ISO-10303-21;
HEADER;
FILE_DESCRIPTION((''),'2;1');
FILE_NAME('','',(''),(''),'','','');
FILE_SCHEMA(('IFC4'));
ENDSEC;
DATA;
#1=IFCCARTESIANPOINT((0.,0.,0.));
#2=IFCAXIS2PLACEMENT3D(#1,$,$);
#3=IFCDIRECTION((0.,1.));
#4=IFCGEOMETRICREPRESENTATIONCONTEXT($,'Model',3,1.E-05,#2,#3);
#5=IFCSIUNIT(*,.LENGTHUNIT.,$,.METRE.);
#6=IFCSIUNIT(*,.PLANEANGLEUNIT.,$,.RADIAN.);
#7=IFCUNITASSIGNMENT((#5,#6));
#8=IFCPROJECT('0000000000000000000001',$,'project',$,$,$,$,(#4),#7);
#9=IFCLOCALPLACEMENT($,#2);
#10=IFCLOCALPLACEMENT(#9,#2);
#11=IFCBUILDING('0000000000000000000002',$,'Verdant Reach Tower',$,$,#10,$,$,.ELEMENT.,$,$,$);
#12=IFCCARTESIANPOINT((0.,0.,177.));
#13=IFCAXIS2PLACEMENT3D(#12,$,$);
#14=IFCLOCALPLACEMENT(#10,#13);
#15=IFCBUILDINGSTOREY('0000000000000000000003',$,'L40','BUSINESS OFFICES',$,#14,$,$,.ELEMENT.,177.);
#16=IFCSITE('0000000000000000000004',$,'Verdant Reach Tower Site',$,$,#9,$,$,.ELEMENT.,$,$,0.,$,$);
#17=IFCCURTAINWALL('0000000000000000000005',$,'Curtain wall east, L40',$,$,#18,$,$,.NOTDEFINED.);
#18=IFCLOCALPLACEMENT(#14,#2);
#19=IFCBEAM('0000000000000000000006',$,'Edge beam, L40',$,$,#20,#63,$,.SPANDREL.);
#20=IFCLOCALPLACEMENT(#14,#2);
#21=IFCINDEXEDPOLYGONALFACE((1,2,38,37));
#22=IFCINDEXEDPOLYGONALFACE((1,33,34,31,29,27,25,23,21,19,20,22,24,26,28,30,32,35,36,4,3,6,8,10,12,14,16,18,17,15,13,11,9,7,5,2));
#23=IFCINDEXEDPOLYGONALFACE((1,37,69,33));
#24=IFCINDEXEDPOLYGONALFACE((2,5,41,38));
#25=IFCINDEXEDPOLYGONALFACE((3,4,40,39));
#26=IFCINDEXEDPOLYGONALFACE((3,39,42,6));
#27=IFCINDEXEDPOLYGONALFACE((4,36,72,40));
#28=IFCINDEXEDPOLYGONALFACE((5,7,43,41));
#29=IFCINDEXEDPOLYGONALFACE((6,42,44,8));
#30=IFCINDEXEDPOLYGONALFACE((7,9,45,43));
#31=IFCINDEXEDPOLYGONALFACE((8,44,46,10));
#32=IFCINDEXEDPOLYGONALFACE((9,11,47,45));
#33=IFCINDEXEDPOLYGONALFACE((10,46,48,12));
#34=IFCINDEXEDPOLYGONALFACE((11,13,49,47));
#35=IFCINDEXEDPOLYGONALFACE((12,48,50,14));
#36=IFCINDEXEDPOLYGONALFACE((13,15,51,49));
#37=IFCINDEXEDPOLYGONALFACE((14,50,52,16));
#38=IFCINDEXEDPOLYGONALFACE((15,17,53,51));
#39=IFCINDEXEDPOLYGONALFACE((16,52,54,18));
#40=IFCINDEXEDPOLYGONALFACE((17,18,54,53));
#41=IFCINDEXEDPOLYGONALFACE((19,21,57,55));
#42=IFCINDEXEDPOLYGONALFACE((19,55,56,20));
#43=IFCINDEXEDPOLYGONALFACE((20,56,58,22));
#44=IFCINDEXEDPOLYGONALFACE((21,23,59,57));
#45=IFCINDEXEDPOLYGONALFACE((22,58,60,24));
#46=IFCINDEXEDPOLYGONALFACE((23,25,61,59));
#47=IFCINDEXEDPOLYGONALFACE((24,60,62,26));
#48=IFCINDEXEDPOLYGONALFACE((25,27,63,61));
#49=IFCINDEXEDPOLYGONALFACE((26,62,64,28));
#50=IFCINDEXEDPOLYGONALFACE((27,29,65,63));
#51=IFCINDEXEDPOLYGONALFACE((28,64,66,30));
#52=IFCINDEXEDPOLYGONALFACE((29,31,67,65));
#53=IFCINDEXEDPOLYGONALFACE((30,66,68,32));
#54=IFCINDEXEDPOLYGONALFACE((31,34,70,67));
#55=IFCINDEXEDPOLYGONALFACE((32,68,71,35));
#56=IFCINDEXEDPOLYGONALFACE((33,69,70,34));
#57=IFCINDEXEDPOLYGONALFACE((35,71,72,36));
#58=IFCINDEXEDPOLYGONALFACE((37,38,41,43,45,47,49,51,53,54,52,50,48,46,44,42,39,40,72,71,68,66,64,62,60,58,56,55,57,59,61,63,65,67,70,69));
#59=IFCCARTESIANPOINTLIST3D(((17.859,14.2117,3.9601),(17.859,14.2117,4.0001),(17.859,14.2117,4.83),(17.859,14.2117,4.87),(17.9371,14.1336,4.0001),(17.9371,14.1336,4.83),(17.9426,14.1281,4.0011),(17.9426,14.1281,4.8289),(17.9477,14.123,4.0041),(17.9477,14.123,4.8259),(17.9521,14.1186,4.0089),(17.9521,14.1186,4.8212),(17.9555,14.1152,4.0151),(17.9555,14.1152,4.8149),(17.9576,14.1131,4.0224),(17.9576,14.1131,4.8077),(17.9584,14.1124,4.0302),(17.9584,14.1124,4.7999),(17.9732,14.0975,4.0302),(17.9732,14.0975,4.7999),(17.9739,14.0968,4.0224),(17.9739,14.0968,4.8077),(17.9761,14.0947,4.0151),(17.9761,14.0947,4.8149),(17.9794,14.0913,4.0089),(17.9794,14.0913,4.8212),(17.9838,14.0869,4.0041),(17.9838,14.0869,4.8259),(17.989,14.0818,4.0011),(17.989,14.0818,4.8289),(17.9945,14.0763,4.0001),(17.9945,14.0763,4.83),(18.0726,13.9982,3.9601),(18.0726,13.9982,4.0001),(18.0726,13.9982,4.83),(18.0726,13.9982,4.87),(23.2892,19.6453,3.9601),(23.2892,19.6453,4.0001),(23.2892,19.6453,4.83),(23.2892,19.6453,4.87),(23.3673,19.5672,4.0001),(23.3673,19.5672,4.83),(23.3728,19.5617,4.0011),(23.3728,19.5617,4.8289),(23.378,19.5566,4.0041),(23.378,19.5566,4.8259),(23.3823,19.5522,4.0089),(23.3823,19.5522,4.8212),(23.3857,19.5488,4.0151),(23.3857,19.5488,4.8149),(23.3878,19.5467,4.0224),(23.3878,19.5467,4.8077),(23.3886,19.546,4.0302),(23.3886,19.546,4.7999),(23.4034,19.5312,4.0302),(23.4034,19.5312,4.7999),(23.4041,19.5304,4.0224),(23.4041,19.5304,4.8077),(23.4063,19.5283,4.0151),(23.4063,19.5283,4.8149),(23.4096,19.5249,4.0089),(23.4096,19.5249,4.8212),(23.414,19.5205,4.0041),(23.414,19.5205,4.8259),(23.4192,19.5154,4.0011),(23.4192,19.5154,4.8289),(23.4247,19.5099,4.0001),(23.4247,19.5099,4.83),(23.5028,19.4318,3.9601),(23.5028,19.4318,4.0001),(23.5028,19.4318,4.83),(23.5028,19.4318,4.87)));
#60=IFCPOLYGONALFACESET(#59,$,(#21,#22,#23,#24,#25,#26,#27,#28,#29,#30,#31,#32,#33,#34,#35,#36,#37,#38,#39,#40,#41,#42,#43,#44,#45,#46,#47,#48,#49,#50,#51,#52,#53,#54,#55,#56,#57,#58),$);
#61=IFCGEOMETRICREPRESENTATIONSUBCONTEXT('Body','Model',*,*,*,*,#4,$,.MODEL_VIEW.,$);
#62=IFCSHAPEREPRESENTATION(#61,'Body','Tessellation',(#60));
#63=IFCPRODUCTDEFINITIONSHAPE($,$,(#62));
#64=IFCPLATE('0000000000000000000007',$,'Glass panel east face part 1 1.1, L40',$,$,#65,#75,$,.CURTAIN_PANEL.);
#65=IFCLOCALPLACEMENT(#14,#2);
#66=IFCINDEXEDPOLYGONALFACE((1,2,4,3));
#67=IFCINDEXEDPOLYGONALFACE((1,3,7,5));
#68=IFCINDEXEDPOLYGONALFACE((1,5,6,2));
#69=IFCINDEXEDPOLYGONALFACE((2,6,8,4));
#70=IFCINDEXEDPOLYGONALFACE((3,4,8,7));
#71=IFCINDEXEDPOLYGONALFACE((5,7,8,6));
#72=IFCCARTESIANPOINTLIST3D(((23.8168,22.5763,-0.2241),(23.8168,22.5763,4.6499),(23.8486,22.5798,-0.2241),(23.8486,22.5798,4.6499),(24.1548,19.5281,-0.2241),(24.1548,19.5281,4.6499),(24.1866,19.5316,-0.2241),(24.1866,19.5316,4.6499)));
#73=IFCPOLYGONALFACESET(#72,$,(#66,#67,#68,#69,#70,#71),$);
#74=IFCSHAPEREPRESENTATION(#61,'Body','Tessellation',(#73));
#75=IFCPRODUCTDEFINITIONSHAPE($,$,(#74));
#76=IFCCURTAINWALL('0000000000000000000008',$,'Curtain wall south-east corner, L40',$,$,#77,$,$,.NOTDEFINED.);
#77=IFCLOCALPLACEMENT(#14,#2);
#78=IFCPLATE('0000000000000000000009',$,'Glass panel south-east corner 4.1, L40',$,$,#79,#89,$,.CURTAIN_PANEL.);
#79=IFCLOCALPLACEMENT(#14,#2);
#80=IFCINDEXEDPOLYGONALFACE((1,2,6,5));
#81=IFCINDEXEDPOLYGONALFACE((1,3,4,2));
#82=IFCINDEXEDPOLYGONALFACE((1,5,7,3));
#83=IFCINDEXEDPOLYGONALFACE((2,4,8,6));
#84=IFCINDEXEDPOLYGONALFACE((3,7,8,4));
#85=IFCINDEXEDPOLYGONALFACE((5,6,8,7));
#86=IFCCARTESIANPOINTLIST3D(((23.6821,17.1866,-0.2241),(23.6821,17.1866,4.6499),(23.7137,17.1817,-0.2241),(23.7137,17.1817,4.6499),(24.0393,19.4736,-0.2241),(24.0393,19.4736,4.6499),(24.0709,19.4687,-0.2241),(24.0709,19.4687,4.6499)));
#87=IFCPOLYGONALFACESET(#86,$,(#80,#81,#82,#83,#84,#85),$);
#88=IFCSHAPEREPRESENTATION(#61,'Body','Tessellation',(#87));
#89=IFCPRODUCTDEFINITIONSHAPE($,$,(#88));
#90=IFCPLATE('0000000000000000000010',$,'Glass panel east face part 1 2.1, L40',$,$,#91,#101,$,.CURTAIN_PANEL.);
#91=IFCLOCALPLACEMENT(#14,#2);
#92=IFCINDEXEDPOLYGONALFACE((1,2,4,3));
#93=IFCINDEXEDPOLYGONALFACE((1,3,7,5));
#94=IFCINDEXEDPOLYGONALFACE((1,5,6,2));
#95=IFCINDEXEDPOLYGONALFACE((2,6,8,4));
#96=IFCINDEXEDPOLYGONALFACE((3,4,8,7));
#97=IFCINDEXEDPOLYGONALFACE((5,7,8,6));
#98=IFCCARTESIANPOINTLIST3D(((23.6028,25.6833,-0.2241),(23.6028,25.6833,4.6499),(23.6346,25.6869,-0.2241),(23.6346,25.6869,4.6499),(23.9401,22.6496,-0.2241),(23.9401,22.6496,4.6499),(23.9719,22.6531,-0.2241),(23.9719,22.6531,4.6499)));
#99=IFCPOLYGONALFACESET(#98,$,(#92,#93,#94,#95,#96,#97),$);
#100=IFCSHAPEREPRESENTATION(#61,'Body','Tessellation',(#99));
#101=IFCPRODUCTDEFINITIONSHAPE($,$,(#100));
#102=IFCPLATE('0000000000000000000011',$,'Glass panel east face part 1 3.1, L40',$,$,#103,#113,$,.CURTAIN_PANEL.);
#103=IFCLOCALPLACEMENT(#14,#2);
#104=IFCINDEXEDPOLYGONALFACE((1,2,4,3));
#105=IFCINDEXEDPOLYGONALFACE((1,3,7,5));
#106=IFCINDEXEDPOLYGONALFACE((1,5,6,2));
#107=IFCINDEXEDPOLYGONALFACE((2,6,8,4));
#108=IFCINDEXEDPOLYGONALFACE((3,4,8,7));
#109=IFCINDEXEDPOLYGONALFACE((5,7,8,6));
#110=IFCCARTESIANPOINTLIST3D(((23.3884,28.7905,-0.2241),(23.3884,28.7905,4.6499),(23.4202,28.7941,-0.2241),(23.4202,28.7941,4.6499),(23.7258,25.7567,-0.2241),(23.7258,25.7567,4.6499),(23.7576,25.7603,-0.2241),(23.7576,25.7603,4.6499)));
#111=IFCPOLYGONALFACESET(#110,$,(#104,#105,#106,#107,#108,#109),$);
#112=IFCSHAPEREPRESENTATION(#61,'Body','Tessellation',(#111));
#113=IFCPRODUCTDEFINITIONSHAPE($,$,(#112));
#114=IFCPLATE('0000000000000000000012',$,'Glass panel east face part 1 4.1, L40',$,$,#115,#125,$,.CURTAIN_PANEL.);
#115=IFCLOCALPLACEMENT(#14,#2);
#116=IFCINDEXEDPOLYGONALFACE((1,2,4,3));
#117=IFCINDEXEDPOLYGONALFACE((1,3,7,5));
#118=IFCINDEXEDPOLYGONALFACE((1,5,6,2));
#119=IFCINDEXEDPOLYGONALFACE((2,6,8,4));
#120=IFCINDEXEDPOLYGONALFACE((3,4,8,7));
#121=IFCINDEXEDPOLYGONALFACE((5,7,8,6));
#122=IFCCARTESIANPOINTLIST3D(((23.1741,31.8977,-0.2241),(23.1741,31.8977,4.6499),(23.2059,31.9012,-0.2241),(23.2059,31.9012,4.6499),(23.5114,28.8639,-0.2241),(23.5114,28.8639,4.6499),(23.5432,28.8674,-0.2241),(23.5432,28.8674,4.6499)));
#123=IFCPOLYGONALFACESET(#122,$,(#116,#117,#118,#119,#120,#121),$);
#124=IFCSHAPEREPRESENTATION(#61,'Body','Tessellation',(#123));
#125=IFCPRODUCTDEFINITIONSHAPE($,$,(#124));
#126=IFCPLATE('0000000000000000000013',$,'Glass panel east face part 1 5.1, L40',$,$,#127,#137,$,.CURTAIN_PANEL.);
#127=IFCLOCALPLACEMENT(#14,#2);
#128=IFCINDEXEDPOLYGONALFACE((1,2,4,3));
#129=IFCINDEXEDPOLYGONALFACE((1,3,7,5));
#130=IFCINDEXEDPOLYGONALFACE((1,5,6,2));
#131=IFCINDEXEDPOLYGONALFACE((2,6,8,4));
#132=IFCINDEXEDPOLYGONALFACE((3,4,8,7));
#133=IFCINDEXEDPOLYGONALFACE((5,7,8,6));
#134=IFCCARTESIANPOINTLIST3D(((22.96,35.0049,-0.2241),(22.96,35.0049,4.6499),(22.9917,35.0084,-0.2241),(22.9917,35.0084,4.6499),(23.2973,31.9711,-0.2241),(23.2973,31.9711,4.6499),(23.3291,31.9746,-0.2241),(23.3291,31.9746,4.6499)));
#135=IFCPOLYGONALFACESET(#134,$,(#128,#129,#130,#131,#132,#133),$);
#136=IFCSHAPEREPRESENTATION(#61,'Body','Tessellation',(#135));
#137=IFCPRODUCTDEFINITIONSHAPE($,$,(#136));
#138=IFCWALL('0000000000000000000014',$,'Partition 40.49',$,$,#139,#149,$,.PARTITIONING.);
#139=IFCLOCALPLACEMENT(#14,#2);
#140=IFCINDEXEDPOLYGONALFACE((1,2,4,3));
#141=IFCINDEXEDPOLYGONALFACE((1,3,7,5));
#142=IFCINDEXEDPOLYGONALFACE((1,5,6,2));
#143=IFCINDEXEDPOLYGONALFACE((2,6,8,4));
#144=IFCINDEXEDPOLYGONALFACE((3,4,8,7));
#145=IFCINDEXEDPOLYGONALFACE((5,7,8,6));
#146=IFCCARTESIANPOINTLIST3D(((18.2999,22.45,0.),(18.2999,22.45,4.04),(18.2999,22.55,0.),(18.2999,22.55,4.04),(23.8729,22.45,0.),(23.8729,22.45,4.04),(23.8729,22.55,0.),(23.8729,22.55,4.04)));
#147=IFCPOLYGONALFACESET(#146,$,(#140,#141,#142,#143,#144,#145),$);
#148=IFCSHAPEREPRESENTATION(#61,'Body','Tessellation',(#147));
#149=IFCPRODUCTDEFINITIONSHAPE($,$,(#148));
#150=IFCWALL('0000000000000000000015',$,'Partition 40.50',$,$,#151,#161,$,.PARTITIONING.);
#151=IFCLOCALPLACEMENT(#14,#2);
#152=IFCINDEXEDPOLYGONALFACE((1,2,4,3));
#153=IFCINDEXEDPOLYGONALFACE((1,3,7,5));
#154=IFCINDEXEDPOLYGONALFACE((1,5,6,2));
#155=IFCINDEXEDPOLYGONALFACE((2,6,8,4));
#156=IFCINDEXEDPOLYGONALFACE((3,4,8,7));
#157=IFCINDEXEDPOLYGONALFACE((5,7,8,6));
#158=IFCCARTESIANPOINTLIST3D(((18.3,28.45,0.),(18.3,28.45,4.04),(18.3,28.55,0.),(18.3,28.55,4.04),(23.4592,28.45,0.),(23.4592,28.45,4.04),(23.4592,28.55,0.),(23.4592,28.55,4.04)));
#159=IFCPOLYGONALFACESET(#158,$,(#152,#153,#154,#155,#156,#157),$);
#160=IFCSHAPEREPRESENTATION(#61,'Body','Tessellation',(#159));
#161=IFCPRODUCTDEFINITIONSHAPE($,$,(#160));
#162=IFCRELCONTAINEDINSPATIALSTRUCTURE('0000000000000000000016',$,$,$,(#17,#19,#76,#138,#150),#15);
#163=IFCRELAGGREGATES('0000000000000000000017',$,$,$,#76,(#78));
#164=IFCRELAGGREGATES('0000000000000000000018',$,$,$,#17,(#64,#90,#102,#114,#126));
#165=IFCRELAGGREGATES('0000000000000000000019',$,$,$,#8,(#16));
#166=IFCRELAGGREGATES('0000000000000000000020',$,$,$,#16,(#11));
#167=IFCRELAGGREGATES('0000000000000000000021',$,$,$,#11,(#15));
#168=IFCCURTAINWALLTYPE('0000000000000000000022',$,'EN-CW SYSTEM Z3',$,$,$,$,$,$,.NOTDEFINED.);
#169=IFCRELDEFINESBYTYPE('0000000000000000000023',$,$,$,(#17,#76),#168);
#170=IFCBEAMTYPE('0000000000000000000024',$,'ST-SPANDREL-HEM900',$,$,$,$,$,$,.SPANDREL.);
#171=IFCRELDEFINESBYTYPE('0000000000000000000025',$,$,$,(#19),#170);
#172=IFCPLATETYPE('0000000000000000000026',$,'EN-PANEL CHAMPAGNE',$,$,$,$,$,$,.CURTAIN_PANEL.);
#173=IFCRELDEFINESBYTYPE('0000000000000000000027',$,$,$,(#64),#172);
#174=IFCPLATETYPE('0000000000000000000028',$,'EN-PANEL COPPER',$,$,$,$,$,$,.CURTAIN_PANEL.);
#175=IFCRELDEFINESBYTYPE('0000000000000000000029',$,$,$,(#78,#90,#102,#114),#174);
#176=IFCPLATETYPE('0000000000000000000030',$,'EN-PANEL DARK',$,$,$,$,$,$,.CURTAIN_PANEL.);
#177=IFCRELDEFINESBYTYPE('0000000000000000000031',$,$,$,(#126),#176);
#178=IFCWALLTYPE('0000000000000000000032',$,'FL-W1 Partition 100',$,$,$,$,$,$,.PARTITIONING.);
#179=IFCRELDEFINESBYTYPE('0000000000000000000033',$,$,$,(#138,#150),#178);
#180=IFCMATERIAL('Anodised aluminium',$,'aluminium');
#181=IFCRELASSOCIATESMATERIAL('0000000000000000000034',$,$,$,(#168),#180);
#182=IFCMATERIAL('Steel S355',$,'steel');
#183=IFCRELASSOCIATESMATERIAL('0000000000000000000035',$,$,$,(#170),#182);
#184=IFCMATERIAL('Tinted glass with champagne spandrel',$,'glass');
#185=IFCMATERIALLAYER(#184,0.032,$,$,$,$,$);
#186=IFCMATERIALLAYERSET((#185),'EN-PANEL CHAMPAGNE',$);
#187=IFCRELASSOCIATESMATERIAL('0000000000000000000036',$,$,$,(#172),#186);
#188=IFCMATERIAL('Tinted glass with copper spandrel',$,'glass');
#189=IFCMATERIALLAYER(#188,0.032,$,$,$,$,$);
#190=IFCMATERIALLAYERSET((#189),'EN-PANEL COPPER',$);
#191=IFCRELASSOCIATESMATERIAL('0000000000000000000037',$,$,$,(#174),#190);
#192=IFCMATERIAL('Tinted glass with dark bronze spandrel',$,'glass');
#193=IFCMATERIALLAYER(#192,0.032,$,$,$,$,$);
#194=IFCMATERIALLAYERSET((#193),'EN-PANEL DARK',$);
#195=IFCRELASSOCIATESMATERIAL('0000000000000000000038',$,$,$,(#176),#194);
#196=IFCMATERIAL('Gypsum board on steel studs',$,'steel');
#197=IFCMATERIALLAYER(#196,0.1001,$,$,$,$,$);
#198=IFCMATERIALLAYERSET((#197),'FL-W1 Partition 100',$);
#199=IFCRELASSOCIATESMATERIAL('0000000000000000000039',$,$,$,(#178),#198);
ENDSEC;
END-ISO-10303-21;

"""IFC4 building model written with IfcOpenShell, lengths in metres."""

from ifc_helpers import new_model, si_unit, direction, frame, frame_2d, origin, origin_2d, place, context, subcontext, project, spatial, rectangle, i_section, extrude, material, layer, layer_set, material_profile, profile_set, type_object, element, aggregate, save


model = new_model("IFC4")

# Units and contexts
model_context = context("Model", 3, precision=1e-05, world=origin(), true_north=direction((0.0, 1.0)))
body_context = subcontext(model_context, "Body", "Model", "MODEL_VIEW")
ifc_project = project(units=[si_unit("LENGTHUNIT", "METRE"), si_unit("PLANEANGLEUNIT", "RADIAN")], contexts=[model_context])

# Site, building, storey
site_placement = place(None, origin())
site = spatial("IfcSite", under=ifc_project, at=site_placement, Name="Verdant Reach Tower Site", CompositionType="ELEMENT", RefElevation=0.0)
building_placement = place(site_placement, origin())
building = spatial("IfcBuilding", under=site, at=building_placement, Name="Verdant Reach Tower", CompositionType="ELEMENT")
storey_placement = place(building_placement, frame((0.0, 0.0, 177.0)))
storey = spatial("IfcBuildingStorey", under=building, at=storey_placement, Name="L40", Description="BUSINESS OFFICES", CompositionType="ELEMENT", Elevation=177.0)

# Curtain wall
ifc_material_1 = material(Name="Anodised aluminium", Category="aluminium")
curtain_wall_type = type_object("IfcCurtainWallType", Name="EN-CW SYSTEM Z3", PredefinedType="NOTDEFINED", material=ifc_material_1)
curtain_wall_1_placement = place(storey_placement, origin())
curtain_wall_1 = element("IfcCurtainWall", 1, at=curtain_wall_1_placement, inside=storey, type_object=curtain_wall_type, Name="Curtain wall east, L40", PredefinedType="NOTDEFINED")

# Beam
ifc_material_2 = material(Name="Steel S355", Category="steel")
ifc_material_profile_1 = material_profile(ifc_material_2, i_section(OverallWidth=0.302, OverallDepth=0.9099, WebThickness=0.021, FlangeThickness=0.04, FilletRadius=0.03, at=origin_2d()), Name="HEM 900")
ifc_profile_set_1 = profile_set([ifc_material_profile_1], Name="Steel S355")
beam_type_1 = type_object("IfcBeamType", Name="ST-SPANDREL-HEM900", PredefinedType="SPANDREL", material=ifc_profile_set_1)
beam_1_placement = place(storey_placement, frame((23.396, 19.5386, 4.415), z_axis=(-0.706884, -0.707329, 0.0), x_axis=(0.707329, -0.706884, 0.0)))
element("IfcBeam", 2, at=beam_1_placement, inside=storey, type_object=beam_type_1, Name="Edge beam, L40", PredefinedType="SPANDREL", context=body_context, shape_type="SweptSolid", body=[
    extrude(i_section(OverallWidth=0.302, OverallDepth=0.9099, WebThickness=0.021, FlangeThickness=0.04, FilletRadius=0.03, at=origin_2d()), origin(), (0.0, 0.0, 1.0), 7.6819),
])

# Plate
ifc_material_3 = material(Name="Tinted glass with champagne spandrel", Category="glass")
ifc_layer_1 = layer(ifc_material_3, 0.032)
ifc_layer_set_1 = layer_set([ifc_layer_1], Name="EN-PANEL CHAMPAGNE")
plate_type_1 = type_object("IfcPlateType", Name="EN-PANEL CHAMPAGNE", PredefinedType="CURTAIN_PANEL", material=ifc_layer_set_1)
plate_1_placement = place(storey_placement, frame((24.0017, 21.054, -0.2241), z_axis=(0.0, 0.0, 1.0), x_axis=(-0.110214, 0.993908, 0.0)))
plate_1 = element("IfcPlate", 3, at=plate_1_placement, type_object=plate_type_1, Name="Glass panel east face part 1 1.1, L40", PredefinedType="CURTAIN_PANEL", context=body_context, shape_type="SweptSolid", body=[
    extrude(rectangle(XDim=3.0669, YDim=0.032, at=origin_2d()), origin(), (0.0, 0.0, 1.0), 4.874),
])

# Curtain wall, plate
curtain_wall_2_placement = place(storey_placement, origin())
curtain_wall_2 = element("IfcCurtainWall", 4, at=curtain_wall_2_placement, inside=storey, type_object=curtain_wall_type, Name="Curtain wall south-east corner, L40", PredefinedType="NOTDEFINED")
ifc_material_4 = material(Name="Tinted glass with copper spandrel", Category="glass")
ifc_layer_2 = layer(ifc_material_4, 0.032)
ifc_layer_set_2 = layer_set([ifc_layer_2], Name="EN-PANEL COPPER")
plate_type_2 = type_object("IfcPlateType", Name="EN-PANEL COPPER", PredefinedType="CURTAIN_PANEL", material=ifc_layer_set_2)
plate_2_placement = place(storey_placement, frame((23.8765, 18.3276, -0.2241), z_axis=(0.0, 0.0, 1.0), x_axis=(0.154312, 0.988022, 0.0)))
plate_2 = element("IfcPlate", 5, at=plate_2_placement, type_object=plate_type_2, Name="Glass panel south-east corner 4.1, L40", PredefinedType="CURTAIN_PANEL", context=body_context, shape_type="SweptSolid", body=[
    extrude(rectangle(XDim=2.3147, YDim=0.032, at=origin_2d()), origin(), (0.0, 0.0, 1.0), 4.874),
])
aggregate(curtain_wall_2, [plate_2])

# Plates
plate_3_placement = place(storey_placement, frame((23.7874, 24.1682, -0.2241), z_axis=(0.0, 0.0, 1.0), x_axis=(-0.110518, 0.993874, 0.0)))
plate_3 = element("IfcPlate", 6, at=plate_3_placement, type_object=plate_type_2, Name="Glass panel east face part 1 2.1, L40", PredefinedType="CURTAIN_PANEL", context=body_context, shape_type="SweptSolid", body=[
    extrude(rectangle(XDim=3.0525, YDim=0.032, at=origin_2d()), origin(), (0.0, 0.0, 1.0), 4.874),
])
plate_4_placement = place(storey_placement, frame((23.573, 27.2754, -0.2241), z_axis=(0.0, 0.0, 1.0), x_axis=(-0.110518, 0.993874, 0.0)))
plate_4 = element("IfcPlate", 7, at=plate_4_placement, type_object=plate_type_2, Name="Glass panel east face part 1 3.1, L40", PredefinedType="CURTAIN_PANEL", context=body_context, shape_type="SweptSolid", body=[
    extrude(rectangle(XDim=3.0525, YDim=0.032, at=origin_2d()), origin(), (0.0, 0.0, 1.0), 4.874),
])
plate_5_placement = place(storey_placement, frame((23.3586, 30.3826, -0.2241), z_axis=(0.0, 0.0, 1.0), x_axis=(-0.110518, 0.993874, 0.0)))
plate_5 = element("IfcPlate", 8, at=plate_5_placement, type_object=plate_type_2, Name="Glass panel east face part 1 4.1, L40", PredefinedType="CURTAIN_PANEL", context=body_context, shape_type="SweptSolid", body=[
    extrude(rectangle(XDim=3.0525, YDim=0.032, at=origin_2d()), origin(), (0.0, 0.0, 1.0), 4.874),
])
ifc_material_5 = material(Name="Tinted glass with dark bronze spandrel", Category="glass")
ifc_layer_3 = layer(ifc_material_5, 0.032)
ifc_layer_set_3 = layer_set([ifc_layer_3], Name="EN-PANEL DARK")
plate_type_3 = type_object("IfcPlateType", Name="EN-PANEL DARK", PredefinedType="CURTAIN_PANEL", material=ifc_layer_set_3)
plate_6_placement = place(storey_placement, frame((23.1445, 33.4897, -0.2241), z_axis=(0.0, 0.0, 1.0), x_axis=(-0.110518, 0.993874, 0.0)))
plate_6 = element("IfcPlate", 9, at=plate_6_placement, type_object=plate_type_3, Name="Glass panel east face part 1 5.1, L40", PredefinedType="CURTAIN_PANEL", context=body_context, shape_type="SweptSolid", body=[
    extrude(rectangle(XDim=3.0525, YDim=0.032, at=origin_2d()), origin(), (0.0, 0.0, 1.0), 4.874),
])
aggregate(curtain_wall_1, [plate_1, plate_3, plate_4, plate_5, plate_6])

# Walls
ifc_material_6 = material(Name="Gypsum board on steel studs", Category="steel")
ifc_layer_4 = layer(ifc_material_6, 0.1001)
ifc_layer_set_4 = layer_set([ifc_layer_4], Name="FL-W1 Partition 100")
wall_type_1 = type_object("IfcWallType", Name="FL-W1 Partition 100", PredefinedType="PARTITIONING", material=ifc_layer_set_4)
wall_1_placement = place(storey_placement, frame((23.873, 22.5, 0.0), z_axis=(0.0, 0.0, 1.0), x_axis=(-1.0, 0.0, 0.0)))
element("IfcWall", 10, at=wall_1_placement, inside=storey, type_object=wall_type_1, Name="Partition 40.49", PredefinedType="PARTITIONING", context=body_context, shape_type="SweptSolid", body=[
    extrude(rectangle(XDim=5.573, YDim=0.1001, at=frame_2d((2.7866, 0.0))), origin(), (0.0, 0.0, 1.0), 4.04),
])
wall_2_placement = place(storey_placement, frame((23.4592, 28.5, 0.0), z_axis=(0.0, 0.0, 1.0), x_axis=(-1.0, 0.0, 0.0)))
element("IfcWall", 11, at=wall_2_placement, inside=storey, type_object=wall_type_1, Name="Partition 40.50", PredefinedType="PARTITIONING", context=body_context, shape_type="SweptSolid", body=[
    extrude(rectangle(XDim=5.1592, YDim=0.1001, at=frame_2d((2.5796, 0.0))), origin(), (0.0, 0.0, 1.0), 4.04),
])

save(model, "model.ifc")
